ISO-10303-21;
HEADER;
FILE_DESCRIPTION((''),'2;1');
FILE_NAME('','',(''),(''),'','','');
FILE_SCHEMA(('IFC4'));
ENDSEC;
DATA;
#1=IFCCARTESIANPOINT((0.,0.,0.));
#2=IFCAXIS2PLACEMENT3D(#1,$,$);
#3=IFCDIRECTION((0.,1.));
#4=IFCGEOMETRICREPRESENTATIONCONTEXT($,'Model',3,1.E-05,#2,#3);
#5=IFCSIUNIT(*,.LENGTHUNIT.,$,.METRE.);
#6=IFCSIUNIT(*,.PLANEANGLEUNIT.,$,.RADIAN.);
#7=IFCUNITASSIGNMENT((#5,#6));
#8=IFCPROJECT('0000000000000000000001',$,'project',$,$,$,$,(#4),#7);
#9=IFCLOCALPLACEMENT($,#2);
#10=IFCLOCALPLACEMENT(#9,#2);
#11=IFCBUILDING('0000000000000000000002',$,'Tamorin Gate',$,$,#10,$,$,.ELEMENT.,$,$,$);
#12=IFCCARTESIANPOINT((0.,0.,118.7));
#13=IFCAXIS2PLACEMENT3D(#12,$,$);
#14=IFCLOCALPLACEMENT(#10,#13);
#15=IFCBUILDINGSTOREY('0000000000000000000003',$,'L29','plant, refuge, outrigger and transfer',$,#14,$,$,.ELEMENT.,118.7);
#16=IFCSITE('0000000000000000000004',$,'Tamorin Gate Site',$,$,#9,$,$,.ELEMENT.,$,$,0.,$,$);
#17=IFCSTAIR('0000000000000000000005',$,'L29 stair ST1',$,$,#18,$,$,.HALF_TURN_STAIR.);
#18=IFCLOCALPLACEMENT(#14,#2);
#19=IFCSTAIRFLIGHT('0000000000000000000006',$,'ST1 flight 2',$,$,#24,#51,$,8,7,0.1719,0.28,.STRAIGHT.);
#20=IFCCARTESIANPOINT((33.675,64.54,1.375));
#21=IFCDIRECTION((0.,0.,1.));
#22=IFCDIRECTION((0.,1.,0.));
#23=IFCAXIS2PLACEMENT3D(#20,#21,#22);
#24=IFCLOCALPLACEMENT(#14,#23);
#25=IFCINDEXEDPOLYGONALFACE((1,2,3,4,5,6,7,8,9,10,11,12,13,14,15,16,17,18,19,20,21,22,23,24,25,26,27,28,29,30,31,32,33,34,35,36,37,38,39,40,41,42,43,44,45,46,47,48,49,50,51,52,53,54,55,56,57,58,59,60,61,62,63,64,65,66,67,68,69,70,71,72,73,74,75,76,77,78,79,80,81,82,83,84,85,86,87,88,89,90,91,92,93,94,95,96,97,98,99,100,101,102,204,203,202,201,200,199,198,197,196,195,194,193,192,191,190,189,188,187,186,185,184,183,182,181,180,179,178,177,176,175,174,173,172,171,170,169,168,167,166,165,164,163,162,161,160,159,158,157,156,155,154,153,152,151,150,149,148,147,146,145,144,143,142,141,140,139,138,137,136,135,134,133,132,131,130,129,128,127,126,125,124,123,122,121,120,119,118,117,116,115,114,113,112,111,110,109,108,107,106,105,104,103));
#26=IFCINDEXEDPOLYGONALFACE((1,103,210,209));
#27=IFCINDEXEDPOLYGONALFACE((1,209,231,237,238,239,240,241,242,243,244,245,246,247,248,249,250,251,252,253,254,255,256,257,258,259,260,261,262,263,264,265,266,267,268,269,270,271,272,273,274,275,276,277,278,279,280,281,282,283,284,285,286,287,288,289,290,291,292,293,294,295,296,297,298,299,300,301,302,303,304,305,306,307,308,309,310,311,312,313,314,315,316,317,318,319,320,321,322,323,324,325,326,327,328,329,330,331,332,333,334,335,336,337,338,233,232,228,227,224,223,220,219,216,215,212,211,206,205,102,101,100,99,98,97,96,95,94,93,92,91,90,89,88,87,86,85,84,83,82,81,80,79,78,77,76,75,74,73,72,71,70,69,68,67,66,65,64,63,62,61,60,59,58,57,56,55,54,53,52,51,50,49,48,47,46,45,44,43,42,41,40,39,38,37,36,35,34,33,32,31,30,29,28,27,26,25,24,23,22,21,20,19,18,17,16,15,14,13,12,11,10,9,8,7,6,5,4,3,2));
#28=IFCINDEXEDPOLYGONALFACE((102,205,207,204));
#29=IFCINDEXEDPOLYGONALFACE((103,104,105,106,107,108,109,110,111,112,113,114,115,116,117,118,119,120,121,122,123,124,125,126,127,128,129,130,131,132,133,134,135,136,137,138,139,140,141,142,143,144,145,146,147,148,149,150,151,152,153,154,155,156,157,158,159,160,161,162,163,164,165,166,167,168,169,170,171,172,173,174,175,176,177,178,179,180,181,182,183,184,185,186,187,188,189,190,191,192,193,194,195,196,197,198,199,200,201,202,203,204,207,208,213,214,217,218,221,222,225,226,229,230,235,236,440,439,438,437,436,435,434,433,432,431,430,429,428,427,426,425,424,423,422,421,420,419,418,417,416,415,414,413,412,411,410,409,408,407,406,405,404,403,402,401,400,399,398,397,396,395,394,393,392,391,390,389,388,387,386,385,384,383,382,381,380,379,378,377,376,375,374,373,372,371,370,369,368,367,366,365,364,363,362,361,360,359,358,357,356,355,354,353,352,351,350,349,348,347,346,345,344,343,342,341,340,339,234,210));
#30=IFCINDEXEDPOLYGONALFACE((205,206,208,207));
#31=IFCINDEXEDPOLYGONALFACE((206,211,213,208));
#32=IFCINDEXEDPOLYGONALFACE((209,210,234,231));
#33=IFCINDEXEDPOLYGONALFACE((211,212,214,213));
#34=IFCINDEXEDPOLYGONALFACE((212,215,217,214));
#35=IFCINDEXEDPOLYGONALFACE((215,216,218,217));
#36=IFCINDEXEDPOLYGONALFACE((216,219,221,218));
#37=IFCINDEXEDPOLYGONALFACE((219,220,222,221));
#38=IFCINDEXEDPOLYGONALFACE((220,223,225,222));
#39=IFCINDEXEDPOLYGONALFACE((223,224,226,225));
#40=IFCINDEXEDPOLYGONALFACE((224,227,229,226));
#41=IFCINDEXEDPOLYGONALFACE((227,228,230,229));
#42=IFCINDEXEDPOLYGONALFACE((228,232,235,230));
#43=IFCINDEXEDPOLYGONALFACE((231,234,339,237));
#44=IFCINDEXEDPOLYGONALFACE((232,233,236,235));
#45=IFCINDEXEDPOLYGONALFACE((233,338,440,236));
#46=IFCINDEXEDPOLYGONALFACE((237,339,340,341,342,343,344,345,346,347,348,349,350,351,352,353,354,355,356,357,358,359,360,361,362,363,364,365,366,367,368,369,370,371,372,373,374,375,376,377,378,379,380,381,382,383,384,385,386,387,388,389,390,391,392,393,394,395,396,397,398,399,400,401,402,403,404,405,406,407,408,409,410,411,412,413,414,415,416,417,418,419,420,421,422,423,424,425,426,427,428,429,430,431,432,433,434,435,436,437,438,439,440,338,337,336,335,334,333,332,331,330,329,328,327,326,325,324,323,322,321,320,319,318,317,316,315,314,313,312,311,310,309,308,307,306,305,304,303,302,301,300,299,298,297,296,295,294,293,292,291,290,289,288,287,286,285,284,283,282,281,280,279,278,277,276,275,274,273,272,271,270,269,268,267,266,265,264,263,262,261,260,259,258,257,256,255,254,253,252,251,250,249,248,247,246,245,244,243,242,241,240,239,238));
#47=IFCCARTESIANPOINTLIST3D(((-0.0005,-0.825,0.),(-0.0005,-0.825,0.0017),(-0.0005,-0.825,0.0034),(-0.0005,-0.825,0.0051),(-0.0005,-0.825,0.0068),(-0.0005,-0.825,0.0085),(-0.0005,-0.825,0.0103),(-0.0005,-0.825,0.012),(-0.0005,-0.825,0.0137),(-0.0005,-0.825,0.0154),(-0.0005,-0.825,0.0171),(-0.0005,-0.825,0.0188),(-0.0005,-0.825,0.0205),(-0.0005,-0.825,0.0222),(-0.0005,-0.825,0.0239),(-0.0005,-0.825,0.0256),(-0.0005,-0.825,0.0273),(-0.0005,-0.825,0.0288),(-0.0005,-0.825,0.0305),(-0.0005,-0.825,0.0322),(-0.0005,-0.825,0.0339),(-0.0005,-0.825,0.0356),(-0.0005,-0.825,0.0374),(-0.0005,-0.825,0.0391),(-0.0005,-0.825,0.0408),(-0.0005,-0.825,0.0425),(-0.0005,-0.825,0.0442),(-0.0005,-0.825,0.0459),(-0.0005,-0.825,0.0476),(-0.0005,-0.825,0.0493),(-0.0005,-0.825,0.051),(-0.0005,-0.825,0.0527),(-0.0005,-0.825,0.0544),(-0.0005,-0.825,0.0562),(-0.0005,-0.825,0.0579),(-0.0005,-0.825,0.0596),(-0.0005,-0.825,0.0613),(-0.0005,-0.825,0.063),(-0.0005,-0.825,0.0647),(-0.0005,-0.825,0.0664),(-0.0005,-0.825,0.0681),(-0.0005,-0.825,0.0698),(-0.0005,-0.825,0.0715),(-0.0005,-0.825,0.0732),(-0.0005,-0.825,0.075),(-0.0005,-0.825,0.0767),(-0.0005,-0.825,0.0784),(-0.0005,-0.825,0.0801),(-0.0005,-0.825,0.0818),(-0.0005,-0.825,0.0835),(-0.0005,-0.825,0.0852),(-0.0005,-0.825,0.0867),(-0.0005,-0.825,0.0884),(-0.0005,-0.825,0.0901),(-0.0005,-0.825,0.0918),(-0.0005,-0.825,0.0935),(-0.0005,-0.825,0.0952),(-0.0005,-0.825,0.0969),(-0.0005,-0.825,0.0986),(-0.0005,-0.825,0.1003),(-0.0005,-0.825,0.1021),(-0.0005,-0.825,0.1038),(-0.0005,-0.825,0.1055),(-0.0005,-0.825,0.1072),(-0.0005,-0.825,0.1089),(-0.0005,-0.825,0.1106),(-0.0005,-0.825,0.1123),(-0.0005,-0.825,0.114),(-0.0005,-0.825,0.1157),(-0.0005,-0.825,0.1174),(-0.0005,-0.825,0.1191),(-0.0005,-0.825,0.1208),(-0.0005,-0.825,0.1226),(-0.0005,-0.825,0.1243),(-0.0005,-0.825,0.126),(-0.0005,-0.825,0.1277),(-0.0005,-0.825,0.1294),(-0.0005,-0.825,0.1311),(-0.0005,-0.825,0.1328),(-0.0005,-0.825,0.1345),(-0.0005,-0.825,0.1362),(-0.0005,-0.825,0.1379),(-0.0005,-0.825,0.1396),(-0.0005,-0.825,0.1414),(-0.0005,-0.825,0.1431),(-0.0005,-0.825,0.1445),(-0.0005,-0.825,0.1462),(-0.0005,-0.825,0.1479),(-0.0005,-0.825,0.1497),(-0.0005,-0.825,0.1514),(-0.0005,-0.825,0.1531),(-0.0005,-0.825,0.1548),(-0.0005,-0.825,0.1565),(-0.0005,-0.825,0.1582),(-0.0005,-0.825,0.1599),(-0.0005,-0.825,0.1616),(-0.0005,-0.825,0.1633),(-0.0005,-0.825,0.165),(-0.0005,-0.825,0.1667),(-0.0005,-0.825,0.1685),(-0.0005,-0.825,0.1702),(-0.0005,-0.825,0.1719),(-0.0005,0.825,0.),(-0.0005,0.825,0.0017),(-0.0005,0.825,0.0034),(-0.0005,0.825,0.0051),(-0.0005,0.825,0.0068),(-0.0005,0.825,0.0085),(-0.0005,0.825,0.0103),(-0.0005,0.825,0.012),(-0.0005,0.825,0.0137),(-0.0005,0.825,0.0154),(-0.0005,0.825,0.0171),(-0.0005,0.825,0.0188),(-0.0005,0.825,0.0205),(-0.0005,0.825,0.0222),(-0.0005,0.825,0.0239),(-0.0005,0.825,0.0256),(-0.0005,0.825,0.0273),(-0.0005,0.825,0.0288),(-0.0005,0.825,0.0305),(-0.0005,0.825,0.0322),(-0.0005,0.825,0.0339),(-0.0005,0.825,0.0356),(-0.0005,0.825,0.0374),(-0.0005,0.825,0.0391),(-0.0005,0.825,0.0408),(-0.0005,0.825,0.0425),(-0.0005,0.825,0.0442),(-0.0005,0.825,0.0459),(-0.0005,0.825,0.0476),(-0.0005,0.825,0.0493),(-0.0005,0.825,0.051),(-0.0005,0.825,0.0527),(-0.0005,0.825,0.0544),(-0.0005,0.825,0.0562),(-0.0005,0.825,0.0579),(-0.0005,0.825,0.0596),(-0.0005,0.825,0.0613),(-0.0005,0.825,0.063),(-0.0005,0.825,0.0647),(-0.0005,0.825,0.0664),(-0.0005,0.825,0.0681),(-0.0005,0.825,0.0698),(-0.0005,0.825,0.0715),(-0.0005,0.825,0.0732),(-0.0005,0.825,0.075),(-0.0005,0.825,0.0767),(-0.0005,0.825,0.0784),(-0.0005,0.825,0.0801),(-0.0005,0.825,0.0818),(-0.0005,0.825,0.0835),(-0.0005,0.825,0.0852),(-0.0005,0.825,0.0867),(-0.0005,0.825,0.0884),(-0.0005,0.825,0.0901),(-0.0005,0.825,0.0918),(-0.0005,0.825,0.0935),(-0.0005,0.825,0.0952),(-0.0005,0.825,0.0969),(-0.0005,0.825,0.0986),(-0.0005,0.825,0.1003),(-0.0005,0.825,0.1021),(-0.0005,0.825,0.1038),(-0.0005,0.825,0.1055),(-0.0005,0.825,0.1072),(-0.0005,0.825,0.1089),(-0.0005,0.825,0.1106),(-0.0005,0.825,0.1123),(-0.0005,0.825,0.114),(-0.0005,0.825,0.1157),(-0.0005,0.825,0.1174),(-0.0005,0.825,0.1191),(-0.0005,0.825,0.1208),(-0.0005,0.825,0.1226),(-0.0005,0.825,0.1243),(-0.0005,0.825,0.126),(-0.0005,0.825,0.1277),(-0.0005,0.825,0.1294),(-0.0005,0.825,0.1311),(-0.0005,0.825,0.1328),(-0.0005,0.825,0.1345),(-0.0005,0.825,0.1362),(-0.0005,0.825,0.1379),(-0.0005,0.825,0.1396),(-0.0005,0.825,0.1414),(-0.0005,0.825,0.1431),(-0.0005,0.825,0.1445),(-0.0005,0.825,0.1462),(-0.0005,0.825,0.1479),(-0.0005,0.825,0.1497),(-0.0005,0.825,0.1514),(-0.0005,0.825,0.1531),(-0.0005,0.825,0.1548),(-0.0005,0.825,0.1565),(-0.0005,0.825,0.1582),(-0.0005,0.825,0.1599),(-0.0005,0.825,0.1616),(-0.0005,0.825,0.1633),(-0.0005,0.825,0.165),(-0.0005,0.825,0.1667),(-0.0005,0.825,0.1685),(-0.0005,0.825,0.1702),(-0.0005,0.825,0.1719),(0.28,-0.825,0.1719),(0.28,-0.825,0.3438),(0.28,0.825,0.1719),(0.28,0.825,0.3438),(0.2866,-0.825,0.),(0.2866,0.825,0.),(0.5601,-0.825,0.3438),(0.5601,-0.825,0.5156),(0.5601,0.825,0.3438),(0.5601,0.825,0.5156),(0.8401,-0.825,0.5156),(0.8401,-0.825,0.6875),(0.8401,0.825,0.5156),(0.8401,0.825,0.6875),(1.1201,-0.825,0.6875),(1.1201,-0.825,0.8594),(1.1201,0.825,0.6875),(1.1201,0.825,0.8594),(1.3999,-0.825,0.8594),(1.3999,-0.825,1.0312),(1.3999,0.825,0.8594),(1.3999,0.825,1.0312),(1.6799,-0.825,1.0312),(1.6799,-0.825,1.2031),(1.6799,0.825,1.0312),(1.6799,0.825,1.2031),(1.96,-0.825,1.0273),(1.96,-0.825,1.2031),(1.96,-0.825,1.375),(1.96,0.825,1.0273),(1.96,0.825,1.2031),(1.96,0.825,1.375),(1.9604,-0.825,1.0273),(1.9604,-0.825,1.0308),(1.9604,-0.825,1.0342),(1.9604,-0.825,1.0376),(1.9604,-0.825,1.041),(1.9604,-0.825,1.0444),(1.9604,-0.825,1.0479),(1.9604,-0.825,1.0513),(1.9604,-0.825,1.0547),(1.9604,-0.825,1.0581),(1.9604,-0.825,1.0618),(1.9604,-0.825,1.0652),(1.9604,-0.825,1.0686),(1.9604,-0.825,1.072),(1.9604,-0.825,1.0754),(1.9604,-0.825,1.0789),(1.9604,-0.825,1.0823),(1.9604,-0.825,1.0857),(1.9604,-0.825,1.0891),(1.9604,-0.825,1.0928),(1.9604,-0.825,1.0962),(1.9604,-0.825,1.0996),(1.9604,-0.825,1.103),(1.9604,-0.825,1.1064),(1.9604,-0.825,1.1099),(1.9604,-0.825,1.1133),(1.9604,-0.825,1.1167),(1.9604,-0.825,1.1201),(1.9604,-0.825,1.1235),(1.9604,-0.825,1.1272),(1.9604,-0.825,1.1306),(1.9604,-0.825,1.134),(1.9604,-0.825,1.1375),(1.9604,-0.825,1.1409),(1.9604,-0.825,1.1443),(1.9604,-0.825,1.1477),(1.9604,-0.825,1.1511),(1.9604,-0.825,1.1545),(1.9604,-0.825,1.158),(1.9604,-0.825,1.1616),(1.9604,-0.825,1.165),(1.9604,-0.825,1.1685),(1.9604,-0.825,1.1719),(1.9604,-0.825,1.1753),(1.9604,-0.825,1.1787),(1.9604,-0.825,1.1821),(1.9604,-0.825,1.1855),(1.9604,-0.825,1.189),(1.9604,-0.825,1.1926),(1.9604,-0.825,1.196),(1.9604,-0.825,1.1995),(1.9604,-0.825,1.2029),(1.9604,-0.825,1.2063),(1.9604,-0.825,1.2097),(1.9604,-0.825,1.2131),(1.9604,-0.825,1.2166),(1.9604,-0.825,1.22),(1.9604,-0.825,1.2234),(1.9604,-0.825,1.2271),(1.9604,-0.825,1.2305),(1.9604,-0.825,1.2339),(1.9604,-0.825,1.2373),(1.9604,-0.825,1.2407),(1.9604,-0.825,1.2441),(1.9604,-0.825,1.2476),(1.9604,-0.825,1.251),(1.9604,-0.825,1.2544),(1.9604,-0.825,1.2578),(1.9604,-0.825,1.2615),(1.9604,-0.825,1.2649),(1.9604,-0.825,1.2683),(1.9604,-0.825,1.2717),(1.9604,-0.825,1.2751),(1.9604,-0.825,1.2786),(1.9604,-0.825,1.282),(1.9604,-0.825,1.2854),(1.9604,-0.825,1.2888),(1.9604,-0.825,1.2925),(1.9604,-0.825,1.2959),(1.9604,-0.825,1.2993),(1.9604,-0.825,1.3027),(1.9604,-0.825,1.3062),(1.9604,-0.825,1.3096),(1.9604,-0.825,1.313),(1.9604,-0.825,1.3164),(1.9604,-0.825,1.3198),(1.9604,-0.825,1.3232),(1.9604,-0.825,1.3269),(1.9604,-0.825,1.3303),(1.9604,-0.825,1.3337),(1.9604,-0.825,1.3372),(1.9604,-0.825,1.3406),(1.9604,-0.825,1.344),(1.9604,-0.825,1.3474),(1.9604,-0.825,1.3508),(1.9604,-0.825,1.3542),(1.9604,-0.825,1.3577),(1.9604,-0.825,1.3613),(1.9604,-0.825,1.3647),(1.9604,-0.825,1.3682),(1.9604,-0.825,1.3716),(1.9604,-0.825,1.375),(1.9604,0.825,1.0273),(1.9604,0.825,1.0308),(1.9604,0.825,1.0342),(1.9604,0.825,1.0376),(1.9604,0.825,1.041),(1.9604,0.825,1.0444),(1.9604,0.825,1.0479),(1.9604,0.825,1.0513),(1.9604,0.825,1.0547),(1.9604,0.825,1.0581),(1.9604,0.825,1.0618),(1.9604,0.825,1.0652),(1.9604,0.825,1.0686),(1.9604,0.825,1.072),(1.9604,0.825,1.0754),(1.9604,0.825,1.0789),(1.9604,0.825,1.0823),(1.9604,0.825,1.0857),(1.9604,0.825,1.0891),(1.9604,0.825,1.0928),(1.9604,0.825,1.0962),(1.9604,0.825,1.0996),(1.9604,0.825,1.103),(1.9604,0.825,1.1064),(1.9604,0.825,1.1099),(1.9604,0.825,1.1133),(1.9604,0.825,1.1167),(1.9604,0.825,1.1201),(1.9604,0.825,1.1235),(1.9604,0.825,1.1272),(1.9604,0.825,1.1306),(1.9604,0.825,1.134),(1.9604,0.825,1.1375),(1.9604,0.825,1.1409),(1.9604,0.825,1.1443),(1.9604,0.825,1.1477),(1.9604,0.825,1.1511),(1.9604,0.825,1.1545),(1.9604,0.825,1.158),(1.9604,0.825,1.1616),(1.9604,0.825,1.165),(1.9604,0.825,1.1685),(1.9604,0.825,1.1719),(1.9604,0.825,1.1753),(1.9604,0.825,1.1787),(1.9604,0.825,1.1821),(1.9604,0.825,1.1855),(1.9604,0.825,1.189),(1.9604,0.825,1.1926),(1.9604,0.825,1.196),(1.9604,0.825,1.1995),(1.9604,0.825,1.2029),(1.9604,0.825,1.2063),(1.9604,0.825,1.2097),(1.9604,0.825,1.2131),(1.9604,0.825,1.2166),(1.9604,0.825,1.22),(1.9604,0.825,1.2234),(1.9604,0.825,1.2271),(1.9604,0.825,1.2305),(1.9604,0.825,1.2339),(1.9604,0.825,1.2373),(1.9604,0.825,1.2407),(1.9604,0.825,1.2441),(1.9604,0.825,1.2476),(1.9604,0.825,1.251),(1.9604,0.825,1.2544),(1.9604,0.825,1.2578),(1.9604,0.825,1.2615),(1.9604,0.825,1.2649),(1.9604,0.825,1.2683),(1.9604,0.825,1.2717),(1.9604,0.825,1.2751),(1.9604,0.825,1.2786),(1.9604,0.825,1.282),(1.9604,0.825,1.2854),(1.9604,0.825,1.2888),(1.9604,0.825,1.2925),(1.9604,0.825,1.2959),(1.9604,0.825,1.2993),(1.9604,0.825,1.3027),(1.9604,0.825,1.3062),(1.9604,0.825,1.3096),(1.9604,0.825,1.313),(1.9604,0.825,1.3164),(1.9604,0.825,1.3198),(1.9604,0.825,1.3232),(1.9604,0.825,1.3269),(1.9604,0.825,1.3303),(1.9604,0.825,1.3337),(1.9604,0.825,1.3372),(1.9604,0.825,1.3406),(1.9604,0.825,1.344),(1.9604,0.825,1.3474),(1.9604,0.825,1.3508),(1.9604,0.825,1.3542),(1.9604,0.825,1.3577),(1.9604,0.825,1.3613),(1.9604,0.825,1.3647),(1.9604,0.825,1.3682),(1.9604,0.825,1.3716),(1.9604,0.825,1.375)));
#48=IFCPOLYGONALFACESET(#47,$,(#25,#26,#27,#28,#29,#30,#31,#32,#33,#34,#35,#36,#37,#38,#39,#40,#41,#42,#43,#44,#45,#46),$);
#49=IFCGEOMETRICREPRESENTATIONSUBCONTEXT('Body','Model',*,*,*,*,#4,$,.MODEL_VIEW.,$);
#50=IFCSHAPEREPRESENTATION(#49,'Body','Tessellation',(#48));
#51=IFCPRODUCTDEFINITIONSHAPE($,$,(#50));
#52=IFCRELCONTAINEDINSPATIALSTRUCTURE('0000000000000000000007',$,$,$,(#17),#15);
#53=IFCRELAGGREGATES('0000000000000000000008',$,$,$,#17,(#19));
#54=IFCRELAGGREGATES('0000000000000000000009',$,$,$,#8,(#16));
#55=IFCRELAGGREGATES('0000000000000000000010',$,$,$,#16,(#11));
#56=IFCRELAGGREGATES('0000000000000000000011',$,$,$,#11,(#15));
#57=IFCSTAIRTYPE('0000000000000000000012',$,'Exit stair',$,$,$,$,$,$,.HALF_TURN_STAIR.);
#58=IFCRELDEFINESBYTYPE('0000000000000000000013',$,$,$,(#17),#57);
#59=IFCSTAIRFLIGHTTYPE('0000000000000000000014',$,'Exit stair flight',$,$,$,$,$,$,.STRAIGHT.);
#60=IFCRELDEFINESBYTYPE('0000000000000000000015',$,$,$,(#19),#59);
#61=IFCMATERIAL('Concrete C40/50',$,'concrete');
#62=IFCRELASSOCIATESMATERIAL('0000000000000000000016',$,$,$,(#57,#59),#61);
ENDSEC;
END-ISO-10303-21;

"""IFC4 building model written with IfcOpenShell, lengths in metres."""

from ifc_helpers import new_model, si_unit, direction, frame, origin, place, context, subcontext, project, spatial, polyline, outline, extrude, material, type_object, element, aggregate, save


model = new_model("IFC4")

# Units and contexts
model_context = context("Model", 3, precision=1e-05, world=origin(), true_north=direction((0.0, 1.0)))
body_context = subcontext(model_context, "Body", "Model", "MODEL_VIEW")
ifc_project = project(units=[si_unit("LENGTHUNIT", "METRE"), si_unit("PLANEANGLEUNIT", "RADIAN")], contexts=[model_context])

# Site, building, storey
site_placement = place(None, origin())
site = spatial("IfcSite", under=ifc_project, at=site_placement, Name="Tamorin Gate Site", CompositionType="ELEMENT", RefElevation=0.0)
building_placement = place(site_placement, origin())
building = spatial("IfcBuilding", under=site, at=building_placement, Name="Tamorin Gate", CompositionType="ELEMENT")
storey_placement = place(building_placement, frame((0.0, 0.0, 118.7)))
storey = spatial("IfcBuildingStorey", under=building, at=storey_placement, Name="L29", Description="plant, refuge, outrigger and transfer", CompositionType="ELEMENT", Elevation=118.7)

# Shared definitions
ifc_material_1 = material(Name="Concrete C40/50", Category="concrete")

# Stair, stair flight
stair_type = type_object("IfcStairType", Name="Exit stair", PredefinedType="HALF_TURN_STAIR", material=ifc_material_1)
stair_placement = place(storey_placement, origin())
stair = element("IfcStair", 1, at=stair_placement, inside=storey, type_object=stair_type, Name="L29 stair ST1", PredefinedType="HALF_TURN_STAIR")
stair_flight_type = type_object("IfcStairFlightType", Name="Exit stair flight", PredefinedType="STRAIGHT", material=ifc_material_1)
stair_flight_1_placement = place(storey_placement, frame((33.675, 64.54, 1.375), z_axis=(0.0, 0.0, 1.0), x_axis=(0.0, 1.0, 0.0)))
stair_flight_1 = element("IfcStairFlight", 2, at=stair_flight_1_placement, type_object=stair_flight_type, Name="ST1 flight 2", NumberOfRisers=8, NumberOfTreads=7, PredefinedType="STRAIGHT", RiserHeight=0.1719, TreadLength=0.28, context=body_context, shape_type="SweptSolid", body=[
    extrude(outline(polyline([(-0.0005, 0.0), (-0.0005, 0.0017), (-0.0005, 0.0034), (-0.0005, 0.0051), (-0.0005, 0.0068), (-0.0005, 0.0085), (-0.0005, 0.0103), (-0.0005, 0.012), (-0.0005, 0.0137), (-0.0005, 0.0154), (-0.0005, 0.0171), (-0.0005, 0.0188), (-0.0005, 0.0205), (-0.0005, 0.0222), (-0.0005, 0.0239), (-0.0005, 0.0256), (-0.0005, 0.0273), (-0.0005, 0.0288), (-0.0005, 0.0305), (-0.0005, 0.0322), (-0.0005, 0.0339), (-0.0005, 0.0356), (-0.0005, 0.0374), (-0.0005, 0.0391), (-0.0005, 0.0408), (-0.0005, 0.0425), (-0.0005, 0.0442), (-0.0005, 0.0459), (-0.0005, 0.0476), (-0.0005, 0.0493), (-0.0005, 0.051), (-0.0005, 0.0527), (-0.0005, 0.0544), (-0.0005, 0.0562), (-0.0005, 0.0579), (-0.0005, 0.0596), (-0.0005, 0.0613), (-0.0005, 0.063), (-0.0005, 0.0647), (-0.0005, 0.0664), (-0.0005, 0.0681), (-0.0005, 0.0698), (-0.0005, 0.0715), (-0.0005, 0.0732), (-0.0005, 0.075), (-0.0005, 0.0767), (-0.0005, 0.0784), (-0.0005, 0.0801), (-0.0005, 0.0818), (-0.0005, 0.0835), (-0.0005, 0.0852), (-0.0005, 0.0867), (-0.0005, 0.0884), (-0.0005, 0.0901), (-0.0005, 0.0918), (-0.0005, 0.0935), (-0.0005, 0.0952), (-0.0005, 0.0969), (-0.0005, 0.0986), (-0.0005, 0.1003), (-0.0005, 0.1021), (-0.0005, 0.1038), (-0.0005, 0.1055), (-0.0005, 0.1072), (-0.0005, 0.1089), (-0.0005, 0.1106), (-0.0005, 0.1123), (-0.0005, 0.114), (-0.0005, 0.1157), (-0.0005, 0.1174), (-0.0005, 0.1191), (-0.0005, 0.1208), (-0.0005, 0.1226), (-0.0005, 0.1243), (-0.0005, 0.126), (-0.0005, 0.1277), (-0.0005, 0.1294), (-0.0005, 0.1311), (-0.0005, 0.1328), (-0.0005, 0.1345), (-0.0005, 0.1362), (-0.0005, 0.1379), (-0.0005, 0.1396), (-0.0005, 0.1414), (-0.0005, 0.1431), (-0.0005, 0.1445), (-0.0005, 0.1462), (-0.0005, 0.1479), (-0.0005, 0.1497), (-0.0005, 0.1514), (-0.0005, 0.1531), (-0.0005, 0.1548), (-0.0005, 0.1565), (-0.0005, 0.1582), (-0.0005, 0.1599), (-0.0005, 0.1616), (-0.0005, 0.1633), (-0.0005, 0.165), (-0.0005, 0.1667), (-0.0005, 0.1685), (-0.0005, 0.1702), (-0.0005, 0.1719), (0.28, 0.1719), (0.28, 0.3438), (0.5601, 0.3438), (0.5601, 0.5156), (0.8401, 0.5156), (0.8401, 0.6875), (1.1201, 0.6875), (1.1201, 0.8594), (1.3999, 0.8594), (1.3999, 1.0312), (1.6799, 1.0312), (1.6799, 1.2031), (1.96, 1.2031), (1.96, 1.375), (1.9604, 1.375), (1.9604, 1.3716), (1.9604, 1.3682), (1.9604, 1.3647), (1.9604, 1.3613), (1.9604, 1.3577), (1.9604, 1.3542), (1.9604, 1.3508), (1.9604, 1.3474), (1.9604, 1.344), (1.9604, 1.3406), (1.9604, 1.3372), (1.9604, 1.3337), (1.9604, 1.3303), (1.9604, 1.3269), (1.9604, 1.3232), (1.9604, 1.3198), (1.9604, 1.3164), (1.9604, 1.313), (1.9604, 1.3096), (1.9604, 1.3062), (1.9604, 1.3027), (1.9604, 1.2993), (1.9604, 1.2959), (1.9604, 1.2925), (1.9604, 1.2888), (1.9604, 1.2854), (1.9604, 1.282), (1.9604, 1.2786), (1.9604, 1.2751), (1.9604, 1.2717), (1.9604, 1.2683), (1.9604, 1.2649), (1.9604, 1.2615), (1.9604, 1.2578), (1.9604, 1.2544), (1.9604, 1.251), (1.9604, 1.2476), (1.9604, 1.2441), (1.9604, 1.2407), (1.9604, 1.2373), (1.9604, 1.2339), (1.9604, 1.2305), (1.9604, 1.2271), (1.9604, 1.2234), (1.9604, 1.22), (1.9604, 1.2166), (1.9604, 1.2131), (1.9604, 1.2097), (1.9604, 1.2063), (1.9604, 1.2029), (1.9604, 1.1995), (1.9604, 1.196), (1.9604, 1.1926), (1.9604, 1.189), (1.9604, 1.1855), (1.9604, 1.1821), (1.9604, 1.1787), (1.9604, 1.1753), (1.9604, 1.1719), (1.9604, 1.1685), (1.9604, 1.165), (1.9604, 1.1616), (1.9604, 1.158), (1.9604, 1.1545), (1.9604, 1.1511), (1.9604, 1.1477), (1.9604, 1.1443), (1.9604, 1.1409), (1.9604, 1.1375), (1.9604, 1.134), (1.9604, 1.1306), (1.9604, 1.1272), (1.9604, 1.1235), (1.9604, 1.1201), (1.9604, 1.1167), (1.9604, 1.1133), (1.9604, 1.1099), (1.9604, 1.1064), (1.9604, 1.103), (1.9604, 1.0996), (1.9604, 1.0962), (1.9604, 1.0928), (1.9604, 1.0891), (1.9604, 1.0857), (1.9604, 1.0823), (1.9604, 1.0789), (1.9604, 1.0754), (1.9604, 1.072), (1.9604, 1.0686), (1.9604, 1.0652), (1.9604, 1.0618), (1.9604, 1.0581), (1.9604, 1.0547), (1.9604, 1.0513), (1.9604, 1.0479), (1.9604, 1.0444), (1.9604, 1.041), (1.9604, 1.0376), (1.9604, 1.0342), (1.9604, 1.0308), (1.9604, 1.0273), (1.96, 1.0273), (0.2866, 0.0), (-0.0005, 0.0)])), frame((0.0, 0.825, 0.0), z_axis=(0.0, -1.0, 0.0), x_axis=(1.0, 0.0, 0.0)), (0.0, 0.0, 1.0), 1.6499),
])
aggregate(stair, [stair_flight_1])

save(model, "model.ifc")
